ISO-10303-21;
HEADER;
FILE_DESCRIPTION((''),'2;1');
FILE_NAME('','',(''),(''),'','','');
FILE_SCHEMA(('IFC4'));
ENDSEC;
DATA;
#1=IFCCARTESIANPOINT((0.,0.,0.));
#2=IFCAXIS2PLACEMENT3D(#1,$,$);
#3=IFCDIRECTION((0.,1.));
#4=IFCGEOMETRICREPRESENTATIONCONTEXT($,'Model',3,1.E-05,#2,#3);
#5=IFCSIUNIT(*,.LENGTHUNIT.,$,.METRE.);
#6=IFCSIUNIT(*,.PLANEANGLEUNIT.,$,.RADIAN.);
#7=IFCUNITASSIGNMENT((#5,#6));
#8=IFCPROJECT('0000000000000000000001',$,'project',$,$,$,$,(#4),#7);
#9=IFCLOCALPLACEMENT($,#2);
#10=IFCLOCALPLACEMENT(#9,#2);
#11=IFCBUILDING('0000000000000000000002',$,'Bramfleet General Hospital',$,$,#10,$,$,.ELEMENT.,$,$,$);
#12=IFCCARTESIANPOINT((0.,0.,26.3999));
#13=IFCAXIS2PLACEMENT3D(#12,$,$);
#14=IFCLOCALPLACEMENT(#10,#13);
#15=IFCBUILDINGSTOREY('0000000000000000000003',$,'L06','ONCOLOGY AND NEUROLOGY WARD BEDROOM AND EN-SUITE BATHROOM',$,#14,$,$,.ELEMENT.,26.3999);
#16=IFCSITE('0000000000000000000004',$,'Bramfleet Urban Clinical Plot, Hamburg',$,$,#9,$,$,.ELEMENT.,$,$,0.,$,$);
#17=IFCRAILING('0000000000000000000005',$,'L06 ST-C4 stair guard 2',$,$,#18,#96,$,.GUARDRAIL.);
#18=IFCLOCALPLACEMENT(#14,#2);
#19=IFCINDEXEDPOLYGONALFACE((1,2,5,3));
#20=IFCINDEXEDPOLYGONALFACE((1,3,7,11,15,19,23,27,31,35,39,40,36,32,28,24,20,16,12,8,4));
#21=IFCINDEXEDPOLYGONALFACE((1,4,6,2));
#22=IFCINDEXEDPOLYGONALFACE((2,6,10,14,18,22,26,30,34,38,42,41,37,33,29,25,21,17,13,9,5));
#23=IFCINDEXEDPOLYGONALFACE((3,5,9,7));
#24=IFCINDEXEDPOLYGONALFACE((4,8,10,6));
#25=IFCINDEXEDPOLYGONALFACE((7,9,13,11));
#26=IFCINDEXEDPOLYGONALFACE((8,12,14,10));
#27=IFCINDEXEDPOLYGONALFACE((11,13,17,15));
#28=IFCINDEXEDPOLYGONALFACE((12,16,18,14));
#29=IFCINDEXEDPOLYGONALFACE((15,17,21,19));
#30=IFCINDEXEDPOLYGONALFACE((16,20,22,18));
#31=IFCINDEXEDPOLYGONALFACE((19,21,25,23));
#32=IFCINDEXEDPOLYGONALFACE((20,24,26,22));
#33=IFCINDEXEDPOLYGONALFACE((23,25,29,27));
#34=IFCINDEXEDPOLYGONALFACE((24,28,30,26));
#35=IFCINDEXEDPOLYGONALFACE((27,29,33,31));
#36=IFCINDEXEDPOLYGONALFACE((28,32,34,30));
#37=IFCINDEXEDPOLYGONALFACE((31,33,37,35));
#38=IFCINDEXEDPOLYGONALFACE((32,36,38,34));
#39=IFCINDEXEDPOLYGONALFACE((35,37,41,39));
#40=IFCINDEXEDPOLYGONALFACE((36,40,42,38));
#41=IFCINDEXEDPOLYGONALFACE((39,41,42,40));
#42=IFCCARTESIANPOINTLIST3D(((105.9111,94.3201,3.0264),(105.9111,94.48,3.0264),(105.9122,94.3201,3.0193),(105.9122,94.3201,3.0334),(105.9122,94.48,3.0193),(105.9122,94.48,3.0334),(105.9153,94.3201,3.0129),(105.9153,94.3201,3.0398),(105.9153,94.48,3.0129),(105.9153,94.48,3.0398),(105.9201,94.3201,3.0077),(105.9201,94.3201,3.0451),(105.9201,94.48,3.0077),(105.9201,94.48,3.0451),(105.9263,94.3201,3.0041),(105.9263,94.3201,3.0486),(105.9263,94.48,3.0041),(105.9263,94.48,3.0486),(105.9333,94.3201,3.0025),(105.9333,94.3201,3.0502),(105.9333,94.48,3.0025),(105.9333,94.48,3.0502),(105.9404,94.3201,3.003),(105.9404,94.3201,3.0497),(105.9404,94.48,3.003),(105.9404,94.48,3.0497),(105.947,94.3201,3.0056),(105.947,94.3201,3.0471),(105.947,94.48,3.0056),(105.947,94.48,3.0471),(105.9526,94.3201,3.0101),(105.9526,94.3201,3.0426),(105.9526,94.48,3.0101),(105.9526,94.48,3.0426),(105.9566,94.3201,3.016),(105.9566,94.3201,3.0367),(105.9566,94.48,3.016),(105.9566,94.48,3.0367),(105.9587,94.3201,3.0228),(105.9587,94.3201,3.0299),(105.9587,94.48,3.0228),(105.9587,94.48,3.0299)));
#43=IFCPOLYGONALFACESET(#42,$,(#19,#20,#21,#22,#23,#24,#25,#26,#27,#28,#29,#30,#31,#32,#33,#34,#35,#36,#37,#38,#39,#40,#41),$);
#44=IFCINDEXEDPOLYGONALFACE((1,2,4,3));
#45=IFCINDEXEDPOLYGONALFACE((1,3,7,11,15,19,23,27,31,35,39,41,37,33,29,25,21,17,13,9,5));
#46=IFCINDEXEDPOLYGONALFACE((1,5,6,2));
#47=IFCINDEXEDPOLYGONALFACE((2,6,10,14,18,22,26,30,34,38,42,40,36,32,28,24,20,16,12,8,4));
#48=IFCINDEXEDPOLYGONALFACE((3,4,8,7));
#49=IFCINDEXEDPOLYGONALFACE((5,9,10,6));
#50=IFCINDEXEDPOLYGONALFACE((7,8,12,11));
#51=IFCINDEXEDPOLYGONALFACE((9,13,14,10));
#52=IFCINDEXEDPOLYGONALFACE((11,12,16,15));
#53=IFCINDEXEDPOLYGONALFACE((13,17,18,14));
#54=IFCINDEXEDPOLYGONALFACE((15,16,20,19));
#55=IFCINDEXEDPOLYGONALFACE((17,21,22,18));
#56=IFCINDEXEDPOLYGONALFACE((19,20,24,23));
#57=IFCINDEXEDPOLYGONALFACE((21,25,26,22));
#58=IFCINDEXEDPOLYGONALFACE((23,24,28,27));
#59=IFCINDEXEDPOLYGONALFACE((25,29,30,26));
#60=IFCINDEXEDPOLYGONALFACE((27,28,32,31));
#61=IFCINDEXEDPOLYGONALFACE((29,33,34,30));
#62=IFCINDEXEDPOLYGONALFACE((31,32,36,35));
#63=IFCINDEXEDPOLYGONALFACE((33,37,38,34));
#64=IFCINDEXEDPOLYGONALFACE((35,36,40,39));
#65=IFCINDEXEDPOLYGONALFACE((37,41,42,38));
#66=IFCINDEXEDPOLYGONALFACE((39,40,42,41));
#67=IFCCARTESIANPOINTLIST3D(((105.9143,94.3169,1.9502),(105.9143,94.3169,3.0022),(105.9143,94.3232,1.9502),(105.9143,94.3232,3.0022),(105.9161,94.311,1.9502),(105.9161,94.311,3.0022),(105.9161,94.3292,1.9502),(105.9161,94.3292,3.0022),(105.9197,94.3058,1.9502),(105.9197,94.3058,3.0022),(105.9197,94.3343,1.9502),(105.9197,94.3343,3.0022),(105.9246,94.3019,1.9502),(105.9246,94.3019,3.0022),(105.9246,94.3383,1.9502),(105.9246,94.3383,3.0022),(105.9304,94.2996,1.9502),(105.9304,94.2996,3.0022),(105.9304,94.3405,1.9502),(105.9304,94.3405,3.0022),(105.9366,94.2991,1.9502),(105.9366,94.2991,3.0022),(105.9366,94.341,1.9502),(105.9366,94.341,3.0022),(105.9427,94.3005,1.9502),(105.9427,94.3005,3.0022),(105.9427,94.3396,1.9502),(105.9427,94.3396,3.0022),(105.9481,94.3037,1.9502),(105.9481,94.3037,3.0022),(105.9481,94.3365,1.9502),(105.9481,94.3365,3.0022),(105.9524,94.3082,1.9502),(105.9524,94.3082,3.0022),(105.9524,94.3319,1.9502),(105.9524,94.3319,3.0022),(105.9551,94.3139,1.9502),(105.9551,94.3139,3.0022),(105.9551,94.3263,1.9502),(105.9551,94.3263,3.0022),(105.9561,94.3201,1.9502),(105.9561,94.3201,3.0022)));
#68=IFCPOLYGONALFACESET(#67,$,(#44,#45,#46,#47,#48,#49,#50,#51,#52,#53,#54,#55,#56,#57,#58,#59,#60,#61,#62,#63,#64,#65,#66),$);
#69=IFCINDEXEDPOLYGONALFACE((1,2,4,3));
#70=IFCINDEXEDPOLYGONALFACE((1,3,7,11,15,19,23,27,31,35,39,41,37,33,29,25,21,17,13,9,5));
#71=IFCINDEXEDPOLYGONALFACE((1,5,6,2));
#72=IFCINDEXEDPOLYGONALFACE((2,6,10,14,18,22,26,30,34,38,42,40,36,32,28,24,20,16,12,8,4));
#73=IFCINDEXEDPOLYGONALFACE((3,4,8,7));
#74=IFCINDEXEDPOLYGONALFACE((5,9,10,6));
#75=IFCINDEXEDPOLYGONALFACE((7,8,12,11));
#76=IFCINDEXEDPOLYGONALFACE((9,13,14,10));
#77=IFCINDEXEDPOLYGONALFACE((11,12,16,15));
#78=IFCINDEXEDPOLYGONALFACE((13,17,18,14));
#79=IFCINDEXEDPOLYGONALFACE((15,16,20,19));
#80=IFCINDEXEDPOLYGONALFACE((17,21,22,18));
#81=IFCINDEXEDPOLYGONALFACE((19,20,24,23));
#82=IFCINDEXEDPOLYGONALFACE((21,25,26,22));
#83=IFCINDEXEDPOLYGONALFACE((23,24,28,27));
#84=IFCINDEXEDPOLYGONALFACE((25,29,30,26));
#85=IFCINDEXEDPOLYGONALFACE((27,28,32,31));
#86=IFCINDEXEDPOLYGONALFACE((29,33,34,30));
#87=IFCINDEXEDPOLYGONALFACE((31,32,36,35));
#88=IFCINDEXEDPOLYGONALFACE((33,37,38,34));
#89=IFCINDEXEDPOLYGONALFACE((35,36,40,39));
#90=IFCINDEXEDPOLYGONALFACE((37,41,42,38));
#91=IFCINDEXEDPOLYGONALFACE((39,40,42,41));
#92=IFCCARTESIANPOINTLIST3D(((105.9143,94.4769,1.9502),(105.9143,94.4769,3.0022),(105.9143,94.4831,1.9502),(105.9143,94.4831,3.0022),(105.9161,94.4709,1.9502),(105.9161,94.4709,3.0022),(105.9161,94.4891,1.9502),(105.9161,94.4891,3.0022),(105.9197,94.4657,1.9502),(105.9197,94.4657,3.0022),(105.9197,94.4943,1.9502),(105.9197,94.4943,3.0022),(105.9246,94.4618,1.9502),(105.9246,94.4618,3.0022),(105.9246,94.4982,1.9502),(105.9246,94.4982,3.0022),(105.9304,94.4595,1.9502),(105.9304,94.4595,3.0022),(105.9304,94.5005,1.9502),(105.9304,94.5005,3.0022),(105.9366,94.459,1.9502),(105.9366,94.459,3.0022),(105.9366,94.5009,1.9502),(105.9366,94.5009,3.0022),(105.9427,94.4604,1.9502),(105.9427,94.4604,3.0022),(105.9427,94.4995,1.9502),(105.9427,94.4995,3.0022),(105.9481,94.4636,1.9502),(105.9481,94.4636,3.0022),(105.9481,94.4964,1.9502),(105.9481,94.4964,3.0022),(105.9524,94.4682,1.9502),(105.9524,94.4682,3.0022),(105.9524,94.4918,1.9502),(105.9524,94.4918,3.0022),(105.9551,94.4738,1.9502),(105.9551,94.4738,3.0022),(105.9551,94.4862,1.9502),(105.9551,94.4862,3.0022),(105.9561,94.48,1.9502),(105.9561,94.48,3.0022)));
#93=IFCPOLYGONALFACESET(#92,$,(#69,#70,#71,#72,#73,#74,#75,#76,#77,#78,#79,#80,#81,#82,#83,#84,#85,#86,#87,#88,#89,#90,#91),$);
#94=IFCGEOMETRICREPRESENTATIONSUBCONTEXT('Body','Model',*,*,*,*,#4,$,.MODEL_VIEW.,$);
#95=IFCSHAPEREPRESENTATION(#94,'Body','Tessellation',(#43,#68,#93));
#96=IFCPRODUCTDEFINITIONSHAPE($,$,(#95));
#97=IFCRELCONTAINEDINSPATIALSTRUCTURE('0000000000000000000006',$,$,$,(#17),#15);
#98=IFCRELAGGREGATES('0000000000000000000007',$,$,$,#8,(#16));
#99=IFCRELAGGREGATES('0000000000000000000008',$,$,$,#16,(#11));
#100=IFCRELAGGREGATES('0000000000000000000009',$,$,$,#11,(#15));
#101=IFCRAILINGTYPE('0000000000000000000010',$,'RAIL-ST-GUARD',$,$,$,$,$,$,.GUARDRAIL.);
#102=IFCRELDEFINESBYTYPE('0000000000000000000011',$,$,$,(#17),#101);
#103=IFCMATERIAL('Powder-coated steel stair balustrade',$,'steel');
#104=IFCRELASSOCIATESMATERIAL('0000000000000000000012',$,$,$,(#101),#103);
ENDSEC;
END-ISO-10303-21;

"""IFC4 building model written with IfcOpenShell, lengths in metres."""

from ifc_helpers import new_model, si_unit, direction, frame, origin, origin_2d, place, context, subcontext, project, spatial, circle, extrude, material, type_object, element, save


model = new_model("IFC4")

# Units and contexts
model_context = context("Model", 3, precision=1e-05, world=origin(), true_north=direction((0.0, 1.0)))
body_context = subcontext(model_context, "Body", "Model", "MODEL_VIEW")
ifc_project = project(units=[si_unit("LENGTHUNIT", "METRE"), si_unit("PLANEANGLEUNIT", "RADIAN")], contexts=[model_context])

# Site, building, storey
site_placement = place(None, origin())
site = spatial("IfcSite", under=ifc_project, at=site_placement, Name="Bramfleet Urban Clinical Plot, Hamburg", CompositionType="ELEMENT", RefElevation=0.0)
building_placement = place(site_placement, origin())
building = spatial("IfcBuilding", under=site, at=building_placement, Name="Bramfleet General Hospital", CompositionType="ELEMENT")
storey_placement = place(building_placement, frame((0.0, 0.0, 26.3999)))
storey = spatial("IfcBuildingStorey", under=building, at=storey_placement, Name="L06", Description="ONCOLOGY AND NEUROLOGY WARD BEDROOM AND EN-SUITE BATHROOM", CompositionType="ELEMENT", Elevation=26.3999)

# Railing
ifc_material_1 = material(Name="Powder-coated steel stair balustrade", Category="steel")
railing_type_1 = type_object("IfcRailingType", Name="RAIL-ST-GUARD", PredefinedType="GUARDRAIL", material=ifc_material_1)
railing_1_placement = place(storey_placement, frame((105.9351, 94.3201, 1.9502)))
element("IfcRailing", 1, at=railing_1_placement, inside=storey, type_object=railing_type_1, Name="L06 ST-C4 stair guard 2", PredefinedType="GUARDRAIL", context=body_context, shape_type="SweptSolid", body=[
    extrude(circle(Radius=0.0239, at=origin_2d()), frame((0.0, 0.0, 1.0762), z_axis=(0.0, 1.0, 0.0), x_axis=(-1.0, 0.0, 0.0)), (0.0, 0.0, 1.0), 0.1599),
    extrude(circle(Radius=0.021, at=origin_2d()), origin(), (0.0, 0.0, 1.0), 1.052),
    extrude(circle(Radius=0.021, at=origin_2d()), frame((0.0, 0.1599, 0.0)), (0.0, 0.0, 1.0), 1.052),
])

save(model, "model.ifc")
